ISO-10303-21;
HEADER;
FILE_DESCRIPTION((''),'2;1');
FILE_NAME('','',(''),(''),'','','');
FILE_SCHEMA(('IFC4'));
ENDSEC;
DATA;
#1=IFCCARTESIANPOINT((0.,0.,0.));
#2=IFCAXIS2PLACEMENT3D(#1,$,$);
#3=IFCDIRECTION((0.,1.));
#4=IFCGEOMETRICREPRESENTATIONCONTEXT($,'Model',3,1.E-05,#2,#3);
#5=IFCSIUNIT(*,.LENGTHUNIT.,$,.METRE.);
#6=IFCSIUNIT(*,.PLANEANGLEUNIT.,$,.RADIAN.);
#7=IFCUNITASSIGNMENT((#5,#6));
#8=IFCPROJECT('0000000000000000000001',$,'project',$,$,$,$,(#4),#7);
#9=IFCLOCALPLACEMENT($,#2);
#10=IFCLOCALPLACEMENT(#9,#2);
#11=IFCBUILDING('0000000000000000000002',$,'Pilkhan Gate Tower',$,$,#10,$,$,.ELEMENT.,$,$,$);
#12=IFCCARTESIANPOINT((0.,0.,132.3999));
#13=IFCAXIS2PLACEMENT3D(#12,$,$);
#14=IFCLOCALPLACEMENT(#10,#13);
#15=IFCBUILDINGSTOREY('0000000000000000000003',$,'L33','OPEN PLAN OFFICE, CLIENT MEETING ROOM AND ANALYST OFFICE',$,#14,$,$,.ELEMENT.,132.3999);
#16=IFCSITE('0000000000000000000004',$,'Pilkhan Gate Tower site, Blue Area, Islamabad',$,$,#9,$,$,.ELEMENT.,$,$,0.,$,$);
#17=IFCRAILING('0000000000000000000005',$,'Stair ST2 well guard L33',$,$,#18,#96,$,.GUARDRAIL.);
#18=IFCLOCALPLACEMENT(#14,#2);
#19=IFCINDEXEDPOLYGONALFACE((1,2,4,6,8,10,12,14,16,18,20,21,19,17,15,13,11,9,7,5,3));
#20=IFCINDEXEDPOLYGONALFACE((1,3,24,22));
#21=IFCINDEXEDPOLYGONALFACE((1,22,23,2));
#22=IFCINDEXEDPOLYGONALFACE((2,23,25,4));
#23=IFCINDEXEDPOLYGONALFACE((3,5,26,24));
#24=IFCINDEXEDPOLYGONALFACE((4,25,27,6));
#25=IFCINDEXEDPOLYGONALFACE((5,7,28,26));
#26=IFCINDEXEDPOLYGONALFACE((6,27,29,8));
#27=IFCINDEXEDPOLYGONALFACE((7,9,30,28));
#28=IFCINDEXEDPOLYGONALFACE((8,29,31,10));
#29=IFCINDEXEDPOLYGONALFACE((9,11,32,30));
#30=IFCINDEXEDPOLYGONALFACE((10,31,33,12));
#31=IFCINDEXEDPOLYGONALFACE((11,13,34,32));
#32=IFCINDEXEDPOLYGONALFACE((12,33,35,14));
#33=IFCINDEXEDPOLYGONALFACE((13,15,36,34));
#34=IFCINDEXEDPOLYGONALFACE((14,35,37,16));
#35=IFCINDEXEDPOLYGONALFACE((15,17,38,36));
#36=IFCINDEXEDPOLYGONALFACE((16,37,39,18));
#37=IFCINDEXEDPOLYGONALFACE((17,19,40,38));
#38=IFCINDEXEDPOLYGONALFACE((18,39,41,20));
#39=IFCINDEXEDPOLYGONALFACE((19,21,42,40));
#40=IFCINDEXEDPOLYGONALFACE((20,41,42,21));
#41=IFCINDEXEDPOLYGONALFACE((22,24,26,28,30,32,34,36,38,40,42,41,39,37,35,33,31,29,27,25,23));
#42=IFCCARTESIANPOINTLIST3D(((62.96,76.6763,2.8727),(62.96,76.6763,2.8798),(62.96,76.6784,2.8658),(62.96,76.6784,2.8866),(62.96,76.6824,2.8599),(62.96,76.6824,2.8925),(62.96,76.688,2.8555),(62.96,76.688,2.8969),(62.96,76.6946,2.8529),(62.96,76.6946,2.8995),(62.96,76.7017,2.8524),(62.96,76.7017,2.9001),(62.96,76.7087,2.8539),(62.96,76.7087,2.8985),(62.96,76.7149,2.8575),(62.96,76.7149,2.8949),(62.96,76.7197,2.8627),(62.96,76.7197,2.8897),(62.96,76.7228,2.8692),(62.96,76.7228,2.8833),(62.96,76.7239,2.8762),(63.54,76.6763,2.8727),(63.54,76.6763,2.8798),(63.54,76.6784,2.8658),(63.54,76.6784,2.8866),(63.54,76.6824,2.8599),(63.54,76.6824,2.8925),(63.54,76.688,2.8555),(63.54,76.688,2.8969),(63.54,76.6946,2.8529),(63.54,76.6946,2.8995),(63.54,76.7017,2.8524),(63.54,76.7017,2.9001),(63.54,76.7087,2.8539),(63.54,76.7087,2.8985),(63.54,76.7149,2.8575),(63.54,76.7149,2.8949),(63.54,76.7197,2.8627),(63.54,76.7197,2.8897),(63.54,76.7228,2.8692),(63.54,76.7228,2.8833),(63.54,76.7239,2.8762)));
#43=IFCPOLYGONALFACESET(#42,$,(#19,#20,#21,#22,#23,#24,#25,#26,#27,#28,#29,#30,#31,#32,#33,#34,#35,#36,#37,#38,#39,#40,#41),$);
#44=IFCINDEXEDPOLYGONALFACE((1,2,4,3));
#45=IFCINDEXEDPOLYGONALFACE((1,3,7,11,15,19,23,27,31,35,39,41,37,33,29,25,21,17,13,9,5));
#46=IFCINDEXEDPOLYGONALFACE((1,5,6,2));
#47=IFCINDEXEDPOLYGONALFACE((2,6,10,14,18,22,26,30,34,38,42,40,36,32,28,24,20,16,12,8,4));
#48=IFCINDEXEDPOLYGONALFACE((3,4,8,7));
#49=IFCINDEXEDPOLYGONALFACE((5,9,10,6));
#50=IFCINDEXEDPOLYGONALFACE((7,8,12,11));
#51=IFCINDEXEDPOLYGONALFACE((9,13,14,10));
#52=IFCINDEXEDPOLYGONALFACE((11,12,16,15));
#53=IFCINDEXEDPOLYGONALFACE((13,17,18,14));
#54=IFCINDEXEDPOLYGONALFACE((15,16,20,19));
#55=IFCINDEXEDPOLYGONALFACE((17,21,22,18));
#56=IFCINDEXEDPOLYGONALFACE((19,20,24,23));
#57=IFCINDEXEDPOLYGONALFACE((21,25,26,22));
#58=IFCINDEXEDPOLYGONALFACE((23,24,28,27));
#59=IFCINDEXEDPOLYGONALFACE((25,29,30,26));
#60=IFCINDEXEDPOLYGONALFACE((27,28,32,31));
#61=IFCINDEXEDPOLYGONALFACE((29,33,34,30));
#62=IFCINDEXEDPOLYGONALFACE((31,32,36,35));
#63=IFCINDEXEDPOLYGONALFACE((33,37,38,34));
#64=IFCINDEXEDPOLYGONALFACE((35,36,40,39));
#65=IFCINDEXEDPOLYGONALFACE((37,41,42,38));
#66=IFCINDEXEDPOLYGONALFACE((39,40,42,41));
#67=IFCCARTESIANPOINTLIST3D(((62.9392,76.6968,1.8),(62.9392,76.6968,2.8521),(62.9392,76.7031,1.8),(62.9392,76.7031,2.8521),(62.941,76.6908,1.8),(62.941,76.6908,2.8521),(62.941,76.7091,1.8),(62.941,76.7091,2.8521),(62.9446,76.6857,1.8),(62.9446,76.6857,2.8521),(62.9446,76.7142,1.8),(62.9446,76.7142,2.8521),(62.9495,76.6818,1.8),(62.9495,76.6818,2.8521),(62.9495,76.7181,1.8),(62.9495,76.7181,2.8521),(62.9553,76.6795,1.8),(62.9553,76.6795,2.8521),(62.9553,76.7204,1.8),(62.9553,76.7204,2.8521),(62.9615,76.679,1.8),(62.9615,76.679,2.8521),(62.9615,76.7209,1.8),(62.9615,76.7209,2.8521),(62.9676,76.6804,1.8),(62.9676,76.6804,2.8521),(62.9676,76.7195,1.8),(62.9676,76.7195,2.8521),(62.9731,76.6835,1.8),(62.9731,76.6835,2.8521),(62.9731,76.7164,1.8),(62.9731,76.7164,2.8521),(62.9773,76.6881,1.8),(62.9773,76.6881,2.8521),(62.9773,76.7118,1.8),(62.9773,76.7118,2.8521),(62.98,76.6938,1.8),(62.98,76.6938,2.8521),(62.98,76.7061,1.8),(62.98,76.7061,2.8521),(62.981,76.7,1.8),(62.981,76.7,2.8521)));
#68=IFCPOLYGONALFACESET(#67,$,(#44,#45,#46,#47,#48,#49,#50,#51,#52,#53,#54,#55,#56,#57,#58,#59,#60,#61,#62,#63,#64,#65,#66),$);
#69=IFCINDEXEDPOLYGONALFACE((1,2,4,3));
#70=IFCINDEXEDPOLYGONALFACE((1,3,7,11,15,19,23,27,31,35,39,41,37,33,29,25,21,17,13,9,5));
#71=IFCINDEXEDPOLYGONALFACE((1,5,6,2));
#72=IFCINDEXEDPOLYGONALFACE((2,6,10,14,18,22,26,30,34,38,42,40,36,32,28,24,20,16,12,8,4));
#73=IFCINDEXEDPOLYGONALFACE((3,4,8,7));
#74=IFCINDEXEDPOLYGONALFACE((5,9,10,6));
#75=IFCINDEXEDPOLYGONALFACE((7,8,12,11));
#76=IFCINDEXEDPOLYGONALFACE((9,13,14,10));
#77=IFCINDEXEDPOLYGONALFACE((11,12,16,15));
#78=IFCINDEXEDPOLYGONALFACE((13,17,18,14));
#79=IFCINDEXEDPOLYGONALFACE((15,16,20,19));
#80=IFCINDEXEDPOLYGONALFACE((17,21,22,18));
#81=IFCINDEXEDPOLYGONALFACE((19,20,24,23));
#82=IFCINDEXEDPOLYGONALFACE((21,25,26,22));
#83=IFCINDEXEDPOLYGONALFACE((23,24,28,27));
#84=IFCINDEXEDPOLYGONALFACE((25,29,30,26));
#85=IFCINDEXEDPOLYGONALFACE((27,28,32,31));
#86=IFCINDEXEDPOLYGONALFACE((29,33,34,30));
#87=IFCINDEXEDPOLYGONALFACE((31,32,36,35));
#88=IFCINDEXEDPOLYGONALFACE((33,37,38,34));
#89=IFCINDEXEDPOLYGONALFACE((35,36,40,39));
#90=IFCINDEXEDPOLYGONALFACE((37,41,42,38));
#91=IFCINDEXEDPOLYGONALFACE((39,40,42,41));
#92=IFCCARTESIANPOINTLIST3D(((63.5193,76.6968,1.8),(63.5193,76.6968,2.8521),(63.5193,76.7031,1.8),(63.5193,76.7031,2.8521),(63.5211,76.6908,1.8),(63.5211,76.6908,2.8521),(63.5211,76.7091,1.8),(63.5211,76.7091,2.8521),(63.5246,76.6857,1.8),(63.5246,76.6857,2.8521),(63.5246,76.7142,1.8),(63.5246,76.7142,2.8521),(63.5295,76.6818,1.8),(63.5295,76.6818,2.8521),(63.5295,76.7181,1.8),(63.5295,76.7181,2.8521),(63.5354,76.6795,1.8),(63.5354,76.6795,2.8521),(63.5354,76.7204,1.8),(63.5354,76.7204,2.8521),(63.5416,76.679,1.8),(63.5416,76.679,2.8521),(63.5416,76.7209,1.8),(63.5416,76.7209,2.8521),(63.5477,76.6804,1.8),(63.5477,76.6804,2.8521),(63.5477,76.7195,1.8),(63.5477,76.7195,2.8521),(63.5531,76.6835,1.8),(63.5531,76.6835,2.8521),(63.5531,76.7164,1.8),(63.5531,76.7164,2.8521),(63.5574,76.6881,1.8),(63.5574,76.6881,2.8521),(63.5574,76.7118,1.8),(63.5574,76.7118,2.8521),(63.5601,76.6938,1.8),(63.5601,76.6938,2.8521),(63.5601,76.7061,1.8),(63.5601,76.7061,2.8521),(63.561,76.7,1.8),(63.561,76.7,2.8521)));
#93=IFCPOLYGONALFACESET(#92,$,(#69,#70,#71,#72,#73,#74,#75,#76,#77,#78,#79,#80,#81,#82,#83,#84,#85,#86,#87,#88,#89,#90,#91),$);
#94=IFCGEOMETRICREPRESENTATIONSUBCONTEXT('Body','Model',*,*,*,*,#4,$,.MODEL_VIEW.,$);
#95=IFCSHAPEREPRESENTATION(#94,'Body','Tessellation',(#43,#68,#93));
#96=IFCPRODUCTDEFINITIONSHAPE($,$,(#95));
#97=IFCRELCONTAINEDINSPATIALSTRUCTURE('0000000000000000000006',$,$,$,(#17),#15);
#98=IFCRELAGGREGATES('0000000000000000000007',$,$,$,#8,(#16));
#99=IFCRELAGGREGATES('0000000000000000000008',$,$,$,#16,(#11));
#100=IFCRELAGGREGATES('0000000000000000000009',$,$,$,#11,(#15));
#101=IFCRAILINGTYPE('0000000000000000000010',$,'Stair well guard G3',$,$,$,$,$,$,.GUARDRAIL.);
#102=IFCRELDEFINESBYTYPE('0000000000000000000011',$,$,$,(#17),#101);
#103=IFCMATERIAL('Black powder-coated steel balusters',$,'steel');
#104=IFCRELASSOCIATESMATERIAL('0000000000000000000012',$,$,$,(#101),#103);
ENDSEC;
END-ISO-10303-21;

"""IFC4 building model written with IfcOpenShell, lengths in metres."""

from ifc_helpers import new_model, si_unit, direction, frame, origin, origin_2d, place, context, subcontext, project, spatial, circle, extrude, material, type_object, element, save


model = new_model("IFC4")

# Units and contexts
model_context = context("Model", 3, precision=1e-05, world=origin(), true_north=direction((0.0, 1.0)))
body_context = subcontext(model_context, "Body", "Model", "MODEL_VIEW")
ifc_project = project(units=[si_unit("LENGTHUNIT", "METRE"), si_unit("PLANEANGLEUNIT", "RADIAN")], contexts=[model_context])

# Site, building, storey
site_placement = place(None, origin())
site = spatial("IfcSite", under=ifc_project, at=site_placement, Name="Pilkhan Gate Tower site, Blue Area, Islamabad", CompositionType="ELEMENT", RefElevation=0.0)
building_placement = place(site_placement, origin())
building = spatial("IfcBuilding", under=site, at=building_placement, Name="Pilkhan Gate Tower", CompositionType="ELEMENT")
storey_placement = place(building_placement, frame((0.0, 0.0, 132.3999)))
storey = spatial("IfcBuildingStorey", under=building, at=storey_placement, Name="L33", Description="OPEN PLAN OFFICE, CLIENT MEETING ROOM AND ANALYST OFFICE", CompositionType="ELEMENT", Elevation=132.3999)

# Railing
ifc_material_1 = material(Name="Black powder-coated steel balusters", Category="steel")
railing_type_1 = type_object("IfcRailingType", Name="Stair well guard G3", PredefinedType="GUARDRAIL", material=ifc_material_1)
for number, where, name in (
    (1, (62.96, 76.7, 1.8), "Stair ST2 well guard L33"),
):
    element("IfcRailing", number, at=place(storey_placement, frame(where)), inside=storey, type_object=railing_type_1, Name=name, PredefinedType="GUARDRAIL", context=body_context, shape_type="SweptSolid", body=[
        extrude(circle(Radius=0.0239, at=origin_2d()), frame((0.0, 0.0, 1.0762), z_axis=(1.0, 0.0, 0.0), x_axis=(0.0, 1.0, 0.0)), (0.0, 0.0, 1.0), 0.5801),
        extrude(circle(Radius=0.021, at=origin_2d()), origin(), (0.0, 0.0, 1.0), 1.052),
        extrude(circle(Radius=0.021, at=origin_2d()), frame((0.5801, 0.0, 0.0)), (0.0, 0.0, 1.0), 1.052),
    ])

save(model, "model.ifc")
